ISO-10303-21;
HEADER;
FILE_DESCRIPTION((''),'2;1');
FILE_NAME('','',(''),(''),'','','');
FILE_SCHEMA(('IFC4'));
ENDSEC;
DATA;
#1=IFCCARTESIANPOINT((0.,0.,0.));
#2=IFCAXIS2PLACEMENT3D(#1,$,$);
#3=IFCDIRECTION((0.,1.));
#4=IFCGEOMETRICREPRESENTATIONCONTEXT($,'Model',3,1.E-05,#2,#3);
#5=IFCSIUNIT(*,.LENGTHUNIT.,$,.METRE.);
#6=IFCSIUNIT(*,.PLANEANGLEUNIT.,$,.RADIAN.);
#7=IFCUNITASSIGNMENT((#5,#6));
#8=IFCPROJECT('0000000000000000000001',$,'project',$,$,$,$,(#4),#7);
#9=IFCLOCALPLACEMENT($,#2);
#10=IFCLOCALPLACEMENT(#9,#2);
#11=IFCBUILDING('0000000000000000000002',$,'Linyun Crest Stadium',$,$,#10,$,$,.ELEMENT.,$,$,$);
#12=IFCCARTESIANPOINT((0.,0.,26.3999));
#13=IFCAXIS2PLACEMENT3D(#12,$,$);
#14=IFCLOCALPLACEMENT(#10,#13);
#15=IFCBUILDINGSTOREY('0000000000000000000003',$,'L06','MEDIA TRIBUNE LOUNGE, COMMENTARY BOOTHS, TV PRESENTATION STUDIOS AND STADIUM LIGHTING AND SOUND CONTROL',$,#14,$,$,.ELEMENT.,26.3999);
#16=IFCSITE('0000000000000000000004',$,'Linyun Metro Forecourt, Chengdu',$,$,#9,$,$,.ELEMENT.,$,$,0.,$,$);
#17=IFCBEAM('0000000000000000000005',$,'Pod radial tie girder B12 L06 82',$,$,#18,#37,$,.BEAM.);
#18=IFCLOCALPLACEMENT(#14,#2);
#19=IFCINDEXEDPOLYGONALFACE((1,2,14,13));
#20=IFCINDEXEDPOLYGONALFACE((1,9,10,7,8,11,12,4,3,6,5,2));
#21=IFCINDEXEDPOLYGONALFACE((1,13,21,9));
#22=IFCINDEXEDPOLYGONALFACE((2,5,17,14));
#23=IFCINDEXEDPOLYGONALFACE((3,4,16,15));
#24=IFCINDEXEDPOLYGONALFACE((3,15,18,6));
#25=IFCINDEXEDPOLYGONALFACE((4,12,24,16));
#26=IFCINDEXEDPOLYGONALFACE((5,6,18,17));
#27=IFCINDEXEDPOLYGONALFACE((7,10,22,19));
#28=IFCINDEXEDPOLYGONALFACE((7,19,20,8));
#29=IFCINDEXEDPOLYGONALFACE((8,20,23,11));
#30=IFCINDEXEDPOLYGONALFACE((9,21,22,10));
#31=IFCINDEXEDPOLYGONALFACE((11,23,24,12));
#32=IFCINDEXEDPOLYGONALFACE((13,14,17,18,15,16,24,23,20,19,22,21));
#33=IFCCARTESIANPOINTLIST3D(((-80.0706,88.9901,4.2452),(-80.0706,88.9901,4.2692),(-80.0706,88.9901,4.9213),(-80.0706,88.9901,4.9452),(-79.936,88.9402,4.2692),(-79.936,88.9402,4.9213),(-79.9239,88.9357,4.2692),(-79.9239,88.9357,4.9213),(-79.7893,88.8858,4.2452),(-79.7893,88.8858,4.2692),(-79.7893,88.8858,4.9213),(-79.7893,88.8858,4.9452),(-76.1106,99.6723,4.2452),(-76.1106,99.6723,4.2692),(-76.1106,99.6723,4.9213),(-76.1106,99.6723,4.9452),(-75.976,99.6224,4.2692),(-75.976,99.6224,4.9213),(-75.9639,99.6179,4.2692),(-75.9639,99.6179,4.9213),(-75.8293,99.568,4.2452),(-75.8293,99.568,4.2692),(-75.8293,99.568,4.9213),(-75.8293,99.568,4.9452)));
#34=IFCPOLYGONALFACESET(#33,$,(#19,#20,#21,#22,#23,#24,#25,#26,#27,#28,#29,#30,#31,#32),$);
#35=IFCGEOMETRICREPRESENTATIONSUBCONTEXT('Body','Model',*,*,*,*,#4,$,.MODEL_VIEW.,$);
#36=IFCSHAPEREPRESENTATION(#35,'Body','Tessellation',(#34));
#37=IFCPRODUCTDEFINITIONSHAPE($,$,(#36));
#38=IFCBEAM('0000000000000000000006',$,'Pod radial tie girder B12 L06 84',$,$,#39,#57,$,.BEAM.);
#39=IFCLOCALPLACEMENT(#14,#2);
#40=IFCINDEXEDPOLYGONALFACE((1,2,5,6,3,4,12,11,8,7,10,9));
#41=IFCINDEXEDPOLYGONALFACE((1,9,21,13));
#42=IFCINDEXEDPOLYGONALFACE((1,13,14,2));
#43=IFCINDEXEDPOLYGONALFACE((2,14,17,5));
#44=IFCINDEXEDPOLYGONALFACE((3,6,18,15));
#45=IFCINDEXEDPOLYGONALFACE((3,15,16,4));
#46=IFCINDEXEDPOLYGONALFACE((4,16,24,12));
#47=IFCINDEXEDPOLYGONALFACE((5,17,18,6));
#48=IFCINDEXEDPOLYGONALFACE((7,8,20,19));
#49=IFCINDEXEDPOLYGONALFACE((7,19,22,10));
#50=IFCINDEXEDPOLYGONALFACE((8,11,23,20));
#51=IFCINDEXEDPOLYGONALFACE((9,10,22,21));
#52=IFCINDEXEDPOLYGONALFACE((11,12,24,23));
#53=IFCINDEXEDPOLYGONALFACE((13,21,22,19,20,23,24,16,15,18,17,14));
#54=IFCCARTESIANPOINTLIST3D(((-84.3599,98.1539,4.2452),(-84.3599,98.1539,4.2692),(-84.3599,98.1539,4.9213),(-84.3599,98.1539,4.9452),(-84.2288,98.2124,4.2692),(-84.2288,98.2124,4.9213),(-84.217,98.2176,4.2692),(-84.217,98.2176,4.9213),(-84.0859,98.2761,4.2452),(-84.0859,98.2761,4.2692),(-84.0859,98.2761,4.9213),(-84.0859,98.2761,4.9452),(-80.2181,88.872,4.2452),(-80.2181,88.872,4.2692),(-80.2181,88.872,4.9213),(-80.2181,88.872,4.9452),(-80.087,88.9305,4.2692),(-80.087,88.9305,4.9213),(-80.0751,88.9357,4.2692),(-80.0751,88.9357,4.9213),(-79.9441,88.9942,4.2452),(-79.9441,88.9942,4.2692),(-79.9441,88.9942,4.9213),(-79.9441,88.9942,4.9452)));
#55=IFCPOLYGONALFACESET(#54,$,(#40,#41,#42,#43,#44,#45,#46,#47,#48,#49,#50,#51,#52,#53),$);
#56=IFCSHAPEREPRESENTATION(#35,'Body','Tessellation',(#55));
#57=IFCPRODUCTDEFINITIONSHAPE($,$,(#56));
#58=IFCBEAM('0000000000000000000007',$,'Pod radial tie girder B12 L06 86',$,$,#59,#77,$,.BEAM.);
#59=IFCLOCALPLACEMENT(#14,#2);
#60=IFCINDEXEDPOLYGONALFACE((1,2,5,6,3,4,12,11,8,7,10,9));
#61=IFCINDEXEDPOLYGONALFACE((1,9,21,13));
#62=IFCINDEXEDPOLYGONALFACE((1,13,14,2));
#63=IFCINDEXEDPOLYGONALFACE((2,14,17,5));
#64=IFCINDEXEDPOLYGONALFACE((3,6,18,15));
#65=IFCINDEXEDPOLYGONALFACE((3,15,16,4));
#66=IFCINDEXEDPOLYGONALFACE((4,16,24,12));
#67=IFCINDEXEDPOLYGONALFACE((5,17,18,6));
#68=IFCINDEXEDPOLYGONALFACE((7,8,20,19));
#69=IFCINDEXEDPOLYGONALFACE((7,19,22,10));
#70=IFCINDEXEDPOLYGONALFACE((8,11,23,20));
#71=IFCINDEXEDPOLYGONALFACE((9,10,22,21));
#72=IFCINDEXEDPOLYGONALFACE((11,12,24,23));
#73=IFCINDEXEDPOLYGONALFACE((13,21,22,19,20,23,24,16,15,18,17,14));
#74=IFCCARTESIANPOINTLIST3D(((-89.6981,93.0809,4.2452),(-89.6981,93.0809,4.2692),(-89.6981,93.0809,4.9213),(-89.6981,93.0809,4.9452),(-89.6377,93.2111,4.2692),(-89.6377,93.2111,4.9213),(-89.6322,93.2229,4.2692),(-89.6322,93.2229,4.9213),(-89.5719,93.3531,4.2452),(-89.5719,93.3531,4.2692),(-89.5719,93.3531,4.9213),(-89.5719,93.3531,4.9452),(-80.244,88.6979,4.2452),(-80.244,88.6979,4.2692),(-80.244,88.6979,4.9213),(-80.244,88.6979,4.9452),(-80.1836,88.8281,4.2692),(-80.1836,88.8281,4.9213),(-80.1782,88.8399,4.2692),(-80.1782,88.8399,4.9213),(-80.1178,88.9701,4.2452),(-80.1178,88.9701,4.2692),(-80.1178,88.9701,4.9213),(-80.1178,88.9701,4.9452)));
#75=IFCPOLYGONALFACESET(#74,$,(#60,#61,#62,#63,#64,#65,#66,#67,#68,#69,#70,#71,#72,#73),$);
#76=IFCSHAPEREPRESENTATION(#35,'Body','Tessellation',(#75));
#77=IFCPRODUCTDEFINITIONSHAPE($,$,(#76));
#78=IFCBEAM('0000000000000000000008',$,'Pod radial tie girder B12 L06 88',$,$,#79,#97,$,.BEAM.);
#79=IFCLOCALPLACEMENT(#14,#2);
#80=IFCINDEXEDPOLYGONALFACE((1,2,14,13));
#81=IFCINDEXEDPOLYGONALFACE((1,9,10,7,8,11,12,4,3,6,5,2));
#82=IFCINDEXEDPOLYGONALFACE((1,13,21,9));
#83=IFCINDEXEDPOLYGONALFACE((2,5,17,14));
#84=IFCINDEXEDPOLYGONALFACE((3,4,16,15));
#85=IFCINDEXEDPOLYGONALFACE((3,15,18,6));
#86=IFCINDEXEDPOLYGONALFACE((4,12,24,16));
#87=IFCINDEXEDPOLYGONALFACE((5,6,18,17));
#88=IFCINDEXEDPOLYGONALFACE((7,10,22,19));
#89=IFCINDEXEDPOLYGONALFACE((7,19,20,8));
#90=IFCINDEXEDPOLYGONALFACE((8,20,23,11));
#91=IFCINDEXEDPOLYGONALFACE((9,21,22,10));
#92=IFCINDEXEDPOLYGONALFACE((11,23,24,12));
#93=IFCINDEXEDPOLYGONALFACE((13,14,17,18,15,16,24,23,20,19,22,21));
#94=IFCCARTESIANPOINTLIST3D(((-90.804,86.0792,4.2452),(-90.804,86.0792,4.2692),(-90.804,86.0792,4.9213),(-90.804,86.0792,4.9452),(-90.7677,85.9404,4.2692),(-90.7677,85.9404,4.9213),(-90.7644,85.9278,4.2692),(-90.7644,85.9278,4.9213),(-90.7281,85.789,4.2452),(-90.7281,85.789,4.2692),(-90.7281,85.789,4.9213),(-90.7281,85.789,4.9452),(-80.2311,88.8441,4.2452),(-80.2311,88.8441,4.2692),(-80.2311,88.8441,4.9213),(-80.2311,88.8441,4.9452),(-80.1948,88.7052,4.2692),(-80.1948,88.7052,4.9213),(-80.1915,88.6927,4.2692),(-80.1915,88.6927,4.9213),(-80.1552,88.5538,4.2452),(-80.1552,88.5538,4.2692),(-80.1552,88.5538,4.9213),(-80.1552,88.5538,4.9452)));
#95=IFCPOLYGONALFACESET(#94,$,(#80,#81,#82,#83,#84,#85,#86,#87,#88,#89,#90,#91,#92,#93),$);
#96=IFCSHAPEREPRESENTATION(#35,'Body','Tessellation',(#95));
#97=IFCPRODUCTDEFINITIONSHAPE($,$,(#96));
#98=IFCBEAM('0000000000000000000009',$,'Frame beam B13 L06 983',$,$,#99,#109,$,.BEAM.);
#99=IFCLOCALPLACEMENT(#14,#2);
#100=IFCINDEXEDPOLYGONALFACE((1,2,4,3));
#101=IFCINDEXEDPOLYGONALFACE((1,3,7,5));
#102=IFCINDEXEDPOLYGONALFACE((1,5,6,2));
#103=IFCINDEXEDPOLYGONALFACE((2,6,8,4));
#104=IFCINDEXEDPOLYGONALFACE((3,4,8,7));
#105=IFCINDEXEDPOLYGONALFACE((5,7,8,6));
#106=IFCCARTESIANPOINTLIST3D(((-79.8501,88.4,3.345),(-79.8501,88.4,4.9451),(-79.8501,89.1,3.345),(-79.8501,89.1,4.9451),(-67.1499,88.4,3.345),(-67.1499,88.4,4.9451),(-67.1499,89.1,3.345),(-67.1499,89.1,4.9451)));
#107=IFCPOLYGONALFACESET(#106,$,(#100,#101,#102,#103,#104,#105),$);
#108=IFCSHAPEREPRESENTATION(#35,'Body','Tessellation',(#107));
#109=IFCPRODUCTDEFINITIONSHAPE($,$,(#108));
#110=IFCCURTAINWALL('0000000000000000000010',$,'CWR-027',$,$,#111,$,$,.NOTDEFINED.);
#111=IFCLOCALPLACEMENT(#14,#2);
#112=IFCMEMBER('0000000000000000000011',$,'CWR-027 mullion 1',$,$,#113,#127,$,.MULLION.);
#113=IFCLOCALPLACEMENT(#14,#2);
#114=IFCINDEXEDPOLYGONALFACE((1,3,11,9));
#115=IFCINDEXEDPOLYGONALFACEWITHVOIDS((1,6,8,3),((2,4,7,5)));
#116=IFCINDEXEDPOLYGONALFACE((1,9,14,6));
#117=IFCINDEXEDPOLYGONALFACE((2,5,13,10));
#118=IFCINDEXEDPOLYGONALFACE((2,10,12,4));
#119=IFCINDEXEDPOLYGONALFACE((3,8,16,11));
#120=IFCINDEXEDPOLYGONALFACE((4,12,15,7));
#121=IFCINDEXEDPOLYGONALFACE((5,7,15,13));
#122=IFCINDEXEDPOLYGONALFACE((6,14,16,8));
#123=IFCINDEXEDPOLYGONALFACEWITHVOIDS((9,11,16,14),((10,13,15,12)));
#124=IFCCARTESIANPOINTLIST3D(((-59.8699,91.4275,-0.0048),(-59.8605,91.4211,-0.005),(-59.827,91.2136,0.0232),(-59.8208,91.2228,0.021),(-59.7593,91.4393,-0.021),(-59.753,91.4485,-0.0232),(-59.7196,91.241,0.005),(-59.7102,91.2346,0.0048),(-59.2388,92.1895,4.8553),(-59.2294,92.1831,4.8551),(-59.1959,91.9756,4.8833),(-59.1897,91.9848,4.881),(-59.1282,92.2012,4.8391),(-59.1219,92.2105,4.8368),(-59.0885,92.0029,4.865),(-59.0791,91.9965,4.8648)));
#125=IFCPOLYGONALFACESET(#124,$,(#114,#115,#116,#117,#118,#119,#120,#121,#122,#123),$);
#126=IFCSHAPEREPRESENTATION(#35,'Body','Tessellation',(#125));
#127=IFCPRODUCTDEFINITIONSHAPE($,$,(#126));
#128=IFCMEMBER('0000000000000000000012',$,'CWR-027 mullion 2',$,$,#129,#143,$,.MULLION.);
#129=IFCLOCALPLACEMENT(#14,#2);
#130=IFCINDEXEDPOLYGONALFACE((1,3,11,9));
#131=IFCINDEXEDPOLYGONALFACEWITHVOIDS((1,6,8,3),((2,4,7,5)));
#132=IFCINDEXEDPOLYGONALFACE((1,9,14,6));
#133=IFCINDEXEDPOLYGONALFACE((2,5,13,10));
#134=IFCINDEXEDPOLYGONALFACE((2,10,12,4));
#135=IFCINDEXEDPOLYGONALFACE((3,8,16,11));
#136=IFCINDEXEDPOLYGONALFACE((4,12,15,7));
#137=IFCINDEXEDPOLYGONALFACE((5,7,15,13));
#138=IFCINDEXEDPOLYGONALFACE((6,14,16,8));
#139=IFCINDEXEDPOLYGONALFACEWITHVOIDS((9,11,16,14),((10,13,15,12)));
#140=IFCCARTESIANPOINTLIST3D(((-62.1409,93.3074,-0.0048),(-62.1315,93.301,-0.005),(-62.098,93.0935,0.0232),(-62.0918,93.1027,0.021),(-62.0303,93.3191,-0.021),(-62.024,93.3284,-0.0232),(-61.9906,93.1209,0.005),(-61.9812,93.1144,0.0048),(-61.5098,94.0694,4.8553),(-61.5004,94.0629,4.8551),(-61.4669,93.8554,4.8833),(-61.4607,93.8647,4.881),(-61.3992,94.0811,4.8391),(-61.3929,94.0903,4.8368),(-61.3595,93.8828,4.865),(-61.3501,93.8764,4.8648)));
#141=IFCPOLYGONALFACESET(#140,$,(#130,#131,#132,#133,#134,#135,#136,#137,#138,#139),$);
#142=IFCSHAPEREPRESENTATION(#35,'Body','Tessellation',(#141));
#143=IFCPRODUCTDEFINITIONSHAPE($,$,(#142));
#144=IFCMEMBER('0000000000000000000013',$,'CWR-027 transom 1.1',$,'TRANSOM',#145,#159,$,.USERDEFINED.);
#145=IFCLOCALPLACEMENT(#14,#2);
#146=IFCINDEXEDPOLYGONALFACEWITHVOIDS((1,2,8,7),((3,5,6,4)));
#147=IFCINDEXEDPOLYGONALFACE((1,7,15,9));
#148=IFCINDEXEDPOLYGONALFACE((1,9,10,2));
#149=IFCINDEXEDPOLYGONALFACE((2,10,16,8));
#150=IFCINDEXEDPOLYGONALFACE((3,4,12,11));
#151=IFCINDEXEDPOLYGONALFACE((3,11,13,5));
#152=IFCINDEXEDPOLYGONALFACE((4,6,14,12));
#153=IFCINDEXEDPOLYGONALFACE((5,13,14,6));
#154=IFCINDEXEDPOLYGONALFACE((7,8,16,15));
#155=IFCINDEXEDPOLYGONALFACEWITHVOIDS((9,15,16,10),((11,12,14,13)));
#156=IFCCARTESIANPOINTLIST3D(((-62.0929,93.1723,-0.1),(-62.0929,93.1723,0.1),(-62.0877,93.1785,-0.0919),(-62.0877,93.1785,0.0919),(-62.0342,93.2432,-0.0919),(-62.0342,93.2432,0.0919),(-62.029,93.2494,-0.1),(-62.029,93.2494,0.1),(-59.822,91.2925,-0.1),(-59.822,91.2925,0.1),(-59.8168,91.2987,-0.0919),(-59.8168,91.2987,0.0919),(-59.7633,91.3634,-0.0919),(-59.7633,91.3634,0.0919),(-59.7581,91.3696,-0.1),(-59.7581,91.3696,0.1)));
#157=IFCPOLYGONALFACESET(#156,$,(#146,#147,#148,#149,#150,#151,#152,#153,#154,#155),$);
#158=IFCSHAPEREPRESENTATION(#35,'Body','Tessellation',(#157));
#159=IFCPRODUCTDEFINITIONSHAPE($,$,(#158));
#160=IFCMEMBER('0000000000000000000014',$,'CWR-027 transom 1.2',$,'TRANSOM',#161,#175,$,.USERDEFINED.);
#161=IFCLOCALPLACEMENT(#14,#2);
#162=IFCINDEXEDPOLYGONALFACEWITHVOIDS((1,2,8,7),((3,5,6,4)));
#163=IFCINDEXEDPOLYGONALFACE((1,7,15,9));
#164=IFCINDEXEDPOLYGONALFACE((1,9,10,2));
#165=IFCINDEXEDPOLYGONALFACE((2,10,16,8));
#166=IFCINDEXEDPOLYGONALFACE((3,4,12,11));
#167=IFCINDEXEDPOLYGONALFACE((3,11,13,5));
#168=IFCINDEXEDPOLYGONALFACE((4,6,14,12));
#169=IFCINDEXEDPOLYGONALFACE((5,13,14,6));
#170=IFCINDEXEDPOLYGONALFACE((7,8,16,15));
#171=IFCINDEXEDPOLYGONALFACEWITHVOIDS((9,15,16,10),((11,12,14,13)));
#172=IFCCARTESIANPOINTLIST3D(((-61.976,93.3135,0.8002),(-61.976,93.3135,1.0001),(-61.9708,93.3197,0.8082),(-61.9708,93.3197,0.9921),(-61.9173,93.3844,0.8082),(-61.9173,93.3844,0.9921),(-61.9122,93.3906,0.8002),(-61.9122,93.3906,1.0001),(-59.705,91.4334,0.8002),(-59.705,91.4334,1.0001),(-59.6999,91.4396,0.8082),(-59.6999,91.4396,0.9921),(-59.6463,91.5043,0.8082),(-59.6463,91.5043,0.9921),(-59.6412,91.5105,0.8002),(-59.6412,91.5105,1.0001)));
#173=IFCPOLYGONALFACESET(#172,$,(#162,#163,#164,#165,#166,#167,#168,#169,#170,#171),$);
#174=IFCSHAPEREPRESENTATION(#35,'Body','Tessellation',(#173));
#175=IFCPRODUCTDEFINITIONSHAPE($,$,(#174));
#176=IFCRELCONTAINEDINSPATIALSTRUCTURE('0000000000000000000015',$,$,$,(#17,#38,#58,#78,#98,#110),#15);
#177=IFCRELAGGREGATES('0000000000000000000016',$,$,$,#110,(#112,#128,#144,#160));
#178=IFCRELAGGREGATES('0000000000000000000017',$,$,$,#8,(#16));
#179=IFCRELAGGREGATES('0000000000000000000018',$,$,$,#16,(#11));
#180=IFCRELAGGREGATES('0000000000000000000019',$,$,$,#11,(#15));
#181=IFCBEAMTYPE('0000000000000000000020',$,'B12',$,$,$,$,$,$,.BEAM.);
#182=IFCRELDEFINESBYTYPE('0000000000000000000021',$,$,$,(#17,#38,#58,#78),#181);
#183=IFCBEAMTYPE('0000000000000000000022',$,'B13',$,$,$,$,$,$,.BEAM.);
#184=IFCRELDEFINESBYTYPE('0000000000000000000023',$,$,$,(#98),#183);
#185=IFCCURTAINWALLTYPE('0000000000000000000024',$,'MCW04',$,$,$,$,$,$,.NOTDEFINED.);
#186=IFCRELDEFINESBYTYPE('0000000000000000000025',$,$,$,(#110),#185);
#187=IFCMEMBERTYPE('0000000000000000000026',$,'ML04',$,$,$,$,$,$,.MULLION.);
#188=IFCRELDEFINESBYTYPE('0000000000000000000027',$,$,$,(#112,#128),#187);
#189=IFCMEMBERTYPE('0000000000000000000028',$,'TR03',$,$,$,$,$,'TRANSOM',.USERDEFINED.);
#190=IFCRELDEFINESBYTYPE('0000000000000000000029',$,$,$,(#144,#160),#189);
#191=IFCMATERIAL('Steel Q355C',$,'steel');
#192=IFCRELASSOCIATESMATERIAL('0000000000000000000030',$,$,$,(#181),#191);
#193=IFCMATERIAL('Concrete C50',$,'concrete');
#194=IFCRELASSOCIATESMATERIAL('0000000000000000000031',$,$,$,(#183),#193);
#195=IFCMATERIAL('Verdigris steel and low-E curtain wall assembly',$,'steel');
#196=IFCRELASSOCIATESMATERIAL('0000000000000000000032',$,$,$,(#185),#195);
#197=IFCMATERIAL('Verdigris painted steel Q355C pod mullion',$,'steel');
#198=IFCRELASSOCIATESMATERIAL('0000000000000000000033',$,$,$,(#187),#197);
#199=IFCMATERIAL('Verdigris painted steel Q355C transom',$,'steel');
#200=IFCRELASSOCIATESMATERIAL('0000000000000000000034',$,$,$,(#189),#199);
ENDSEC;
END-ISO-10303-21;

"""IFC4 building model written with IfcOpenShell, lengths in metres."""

from ifc_helpers import new_model, si_unit, direction, frame, origin, origin_2d, place, context, subcontext, project, spatial, rectangle, hollow_rectangle, i_section, extrude, material, material_profile, profile_set, type_object, element, aggregate, save


model = new_model("IFC4")

# Units and contexts
model_context = context("Model", 3, precision=1e-05, world=origin(), true_north=direction((0.0, 1.0)))
body_context = subcontext(model_context, "Body", "Model", "MODEL_VIEW")
ifc_project = project(units=[si_unit("LENGTHUNIT", "METRE"), si_unit("PLANEANGLEUNIT", "RADIAN")], contexts=[model_context])

# Site, building, storey
site_placement = place(None, origin())
site = spatial("IfcSite", under=ifc_project, at=site_placement, Name="Linyun Metro Forecourt, Chengdu", CompositionType="ELEMENT", RefElevation=0.0)
building_placement = place(site_placement, origin())
building = spatial("IfcBuilding", under=site, at=building_placement, Name="Linyun Crest Stadium", CompositionType="ELEMENT")
storey_placement = place(building_placement, frame((0.0, 0.0, 26.3999)))
storey = spatial("IfcBuildingStorey", under=building, at=storey_placement, Name="L06", Description="MEDIA TRIBUNE LOUNGE, COMMENTARY BOOTHS, TV PRESENTATION STUDIOS AND STADIUM LIGHTING AND SOUND CONTROL", CompositionType="ELEMENT", Elevation=26.3999)

# Beams
ifc_material_1 = material(Name="Steel Q355C", Category="steel")
ifc_material_profile_1 = material_profile(ifc_material_1, i_section(OverallWidth=0.3, OverallDepth=0.7, WebThickness=0.0129, FlangeThickness=0.0239, at=origin_2d()), Name="HN 700x300")
ifc_profile_set_1 = profile_set([ifc_material_profile_1], Name="Steel Q355C")
beam_type_1 = type_object("IfcBeamType", Name="B12", PredefinedType="BEAM", material=ifc_profile_set_1)
beam_1_placement = place(storey_placement, frame((-79.9299, 88.938, 4.5952), z_axis=(0.347594, 0.937645, 0.0), x_axis=(-0.937645, 0.347594, 0.0)))
element("IfcBeam", 1, at=beam_1_placement, inside=storey, type_object=beam_type_1, Name="Pod radial tie girder B12 L06 82", PredefinedType="BEAM", context=body_context, shape_type="SweptSolid", body=[
    extrude(i_section(OverallWidth=0.3, OverallDepth=0.7, WebThickness=0.0129, FlangeThickness=0.0239, at=origin_2d()), origin(), (0.0, 0.0, 1.0), 11.3926),
])
beam_2_placement = place(storey_placement, frame((-80.0811, 88.9331, 4.5952), z_axis=(-0.407495, 0.913207, 0.0), x_axis=(-0.913207, -0.407495, 0.0)))
element("IfcBeam", 2, at=beam_2_placement, inside=storey, type_object=beam_type_1, Name="Pod radial tie girder B12 L06 84", PredefinedType="BEAM", context=body_context, shape_type="SweptSolid", body=[
    extrude(i_section(OverallWidth=0.3, OverallDepth=0.7, WebThickness=0.0129, FlangeThickness=0.0239, at=origin_2d()), origin(), (0.0, 0.0, 1.0), 10.1641),
])
beam_3_placement = place(storey_placement, frame((-80.1809, 88.834, 4.5952), z_axis=(-0.907241, 0.42061, 0.0), x_axis=(-0.42061, -0.907241, 0.0)))
element("IfcBeam", 3, at=beam_3_placement, inside=storey, type_object=beam_type_1, Name="Pod radial tie girder B12 L06 86", PredefinedType="BEAM", context=body_context, shape_type="SweptSolid", body=[
    extrude(i_section(OverallWidth=0.3, OverallDepth=0.7, WebThickness=0.0129, FlangeThickness=0.0239, at=origin_2d()), origin(), (0.0, 0.0, 1.0), 10.4207),
])
beam_4_placement = place(storey_placement, frame((-80.1931, 88.699, 4.5952), z_axis=(-0.967467, -0.252998, 0.0), x_axis=(0.252998, -0.967467, 0.0)))
element("IfcBeam", 4, at=beam_4_placement, inside=storey, type_object=beam_type_1, Name="Pod radial tie girder B12 L06 88", PredefinedType="BEAM", context=body_context, shape_type="SweptSolid", body=[
    extrude(i_section(OverallWidth=0.3, OverallDepth=0.7, WebThickness=0.0129, FlangeThickness=0.0239, at=origin_2d()), origin(), (0.0, 0.0, 1.0), 10.9285),
])
ifc_material_2 = material(Name="Concrete C50", Category="concrete")
ifc_material_profile_2 = material_profile(ifc_material_2, rectangle(XDim=0.7, YDim=1.6001, at=origin_2d()), Name="RCB 1600x700")
ifc_profile_set_2 = profile_set([ifc_material_profile_2], Name="Concrete C50")
beam_type_2 = type_object("IfcBeamType", Name="B13", PredefinedType="BEAM", material=ifc_profile_set_2)
beam_5_placement = place(storey_placement, frame((-79.8501, 88.75, 4.145), z_axis=(1.0, 0.0, 0.0), x_axis=(0.0, 1.0, 0.0)))
element("IfcBeam", 5, at=beam_5_placement, inside=storey, type_object=beam_type_2, Name="Frame beam B13 L06 983", PredefinedType="BEAM", context=body_context, shape_type="SweptSolid", body=[
    extrude(rectangle(XDim=0.7, YDim=1.6001, at=origin_2d()), origin(), (0.0, 0.0, 1.0), 12.7002),
])

# Curtain wall, members
ifc_material_3 = material(Name="Verdigris steel and low-E curtain wall assembly", Category="steel")
curtain_wall_type = type_object("IfcCurtainWallType", Name="MCW04", PredefinedType="NOTDEFINED", material=ifc_material_3)
curtain_wall_placement = place(storey_placement, origin())
curtain_wall = element("IfcCurtainWall", 6, at=curtain_wall_placement, inside=storey, type_object=curtain_wall_type, Name="CWR-027", PredefinedType="NOTDEFINED")
ifc_material_4 = material(Name="Verdigris painted steel Q355C pod mullion", Category="steel")
ifc_material_profile_3 = material_profile(ifc_material_4, hollow_rectangle(XDim=0.1201, YDim=0.22, WallThickness=0.0081, at=origin_2d()), Name="RHS 220x120x8")
ifc_profile_set_3 = profile_set([ifc_material_profile_3], Name="Verdigris painted steel Q355C pod mullion")
member_type_1 = type_object("IfcMemberType", Name="ML04", PredefinedType="MULLION", material=ifc_profile_set_3)
member_1_placement = place(storey_placement, frame((-59.79, 91.3311, 0.0), z_axis=(0.127244, 0.153628, 0.979902), x_axis=(0.972587, 0.174539, -0.153658)))
member_1 = element("IfcMember", 7, at=member_1_placement, type_object=member_type_1, Name="CWR-027 mullion 1", PredefinedType="MULLION", context=body_context, shape_type="SweptSolid", body=[
    extrude(hollow_rectangle(XDim=0.1201, YDim=0.22, WallThickness=0.0081, at=origin_2d()), origin(), (0.0, 0.0, 1.0), 4.9597),
])
member_2_placement = place(storey_placement, frame((-62.061, 93.2109, 0.0), z_axis=(0.127244, 0.153628, 0.979902), x_axis=(0.972587, 0.174539, -0.153658)))
member_2 = element("IfcMember", 8, at=member_2_placement, type_object=member_type_1, Name="CWR-027 mullion 2", PredefinedType="MULLION", context=body_context, shape_type="SweptSolid", body=[
    extrude(hollow_rectangle(XDim=0.1201, YDim=0.22, WallThickness=0.0081, at=origin_2d()), origin(), (0.0, 0.0, 1.0), 4.9597),
])
ifc_material_5 = material(Name="Verdigris painted steel Q355C transom", Category="steel")
ifc_material_profile_4 = material_profile(ifc_material_5, hollow_rectangle(XDim=0.1001, YDim=0.2, WallThickness=0.0081, at=origin_2d()), Name="RHS 200x100x8")
ifc_profile_set_4 = profile_set([ifc_material_profile_4], Name="Verdigris painted steel Q355C transom")
member_type_2 = type_object("IfcMemberType", Name="TR03", ElementType="TRANSOM", PredefinedType="USERDEFINED", material=ifc_profile_set_4)
member_3_placement = place(storey_placement, frame((-59.79, 91.3311, 0.0), z_axis=(-0.770321, 0.637656, 0.0), x_axis=(-0.637656, -0.770321, 0.0)))
member_3 = element("IfcMember", 9, at=member_3_placement, type_object=member_type_2, Name="CWR-027 transom 1.1", ObjectType="TRANSOM", PredefinedType="USERDEFINED", context=body_context, shape_type="SweptSolid", body=[
    extrude(hollow_rectangle(XDim=0.1001, YDim=0.2, WallThickness=0.0081, at=origin_2d()), origin(), (0.0, 0.0, 1.0), 2.948),
])
member_4_placement = place(storey_placement, frame((-59.6731, 91.4719, 0.9001), z_axis=(-0.770281, 0.637705, 0.0), x_axis=(-0.637705, -0.770281, 0.0)))
member_4 = element("IfcMember", 10, at=member_4_placement, type_object=member_type_2, Name="CWR-027 transom 1.2", ObjectType="TRANSOM", PredefinedType="USERDEFINED", context=body_context, shape_type="SweptSolid", body=[
    extrude(hollow_rectangle(XDim=0.1001, YDim=0.2, WallThickness=0.0081, at=origin_2d()), origin(), (0.0, 0.0, 1.0), 2.9482),
])

aggregate(curtain_wall, [member_1, member_2, member_3, member_4])

save(model, "model.ifc")
